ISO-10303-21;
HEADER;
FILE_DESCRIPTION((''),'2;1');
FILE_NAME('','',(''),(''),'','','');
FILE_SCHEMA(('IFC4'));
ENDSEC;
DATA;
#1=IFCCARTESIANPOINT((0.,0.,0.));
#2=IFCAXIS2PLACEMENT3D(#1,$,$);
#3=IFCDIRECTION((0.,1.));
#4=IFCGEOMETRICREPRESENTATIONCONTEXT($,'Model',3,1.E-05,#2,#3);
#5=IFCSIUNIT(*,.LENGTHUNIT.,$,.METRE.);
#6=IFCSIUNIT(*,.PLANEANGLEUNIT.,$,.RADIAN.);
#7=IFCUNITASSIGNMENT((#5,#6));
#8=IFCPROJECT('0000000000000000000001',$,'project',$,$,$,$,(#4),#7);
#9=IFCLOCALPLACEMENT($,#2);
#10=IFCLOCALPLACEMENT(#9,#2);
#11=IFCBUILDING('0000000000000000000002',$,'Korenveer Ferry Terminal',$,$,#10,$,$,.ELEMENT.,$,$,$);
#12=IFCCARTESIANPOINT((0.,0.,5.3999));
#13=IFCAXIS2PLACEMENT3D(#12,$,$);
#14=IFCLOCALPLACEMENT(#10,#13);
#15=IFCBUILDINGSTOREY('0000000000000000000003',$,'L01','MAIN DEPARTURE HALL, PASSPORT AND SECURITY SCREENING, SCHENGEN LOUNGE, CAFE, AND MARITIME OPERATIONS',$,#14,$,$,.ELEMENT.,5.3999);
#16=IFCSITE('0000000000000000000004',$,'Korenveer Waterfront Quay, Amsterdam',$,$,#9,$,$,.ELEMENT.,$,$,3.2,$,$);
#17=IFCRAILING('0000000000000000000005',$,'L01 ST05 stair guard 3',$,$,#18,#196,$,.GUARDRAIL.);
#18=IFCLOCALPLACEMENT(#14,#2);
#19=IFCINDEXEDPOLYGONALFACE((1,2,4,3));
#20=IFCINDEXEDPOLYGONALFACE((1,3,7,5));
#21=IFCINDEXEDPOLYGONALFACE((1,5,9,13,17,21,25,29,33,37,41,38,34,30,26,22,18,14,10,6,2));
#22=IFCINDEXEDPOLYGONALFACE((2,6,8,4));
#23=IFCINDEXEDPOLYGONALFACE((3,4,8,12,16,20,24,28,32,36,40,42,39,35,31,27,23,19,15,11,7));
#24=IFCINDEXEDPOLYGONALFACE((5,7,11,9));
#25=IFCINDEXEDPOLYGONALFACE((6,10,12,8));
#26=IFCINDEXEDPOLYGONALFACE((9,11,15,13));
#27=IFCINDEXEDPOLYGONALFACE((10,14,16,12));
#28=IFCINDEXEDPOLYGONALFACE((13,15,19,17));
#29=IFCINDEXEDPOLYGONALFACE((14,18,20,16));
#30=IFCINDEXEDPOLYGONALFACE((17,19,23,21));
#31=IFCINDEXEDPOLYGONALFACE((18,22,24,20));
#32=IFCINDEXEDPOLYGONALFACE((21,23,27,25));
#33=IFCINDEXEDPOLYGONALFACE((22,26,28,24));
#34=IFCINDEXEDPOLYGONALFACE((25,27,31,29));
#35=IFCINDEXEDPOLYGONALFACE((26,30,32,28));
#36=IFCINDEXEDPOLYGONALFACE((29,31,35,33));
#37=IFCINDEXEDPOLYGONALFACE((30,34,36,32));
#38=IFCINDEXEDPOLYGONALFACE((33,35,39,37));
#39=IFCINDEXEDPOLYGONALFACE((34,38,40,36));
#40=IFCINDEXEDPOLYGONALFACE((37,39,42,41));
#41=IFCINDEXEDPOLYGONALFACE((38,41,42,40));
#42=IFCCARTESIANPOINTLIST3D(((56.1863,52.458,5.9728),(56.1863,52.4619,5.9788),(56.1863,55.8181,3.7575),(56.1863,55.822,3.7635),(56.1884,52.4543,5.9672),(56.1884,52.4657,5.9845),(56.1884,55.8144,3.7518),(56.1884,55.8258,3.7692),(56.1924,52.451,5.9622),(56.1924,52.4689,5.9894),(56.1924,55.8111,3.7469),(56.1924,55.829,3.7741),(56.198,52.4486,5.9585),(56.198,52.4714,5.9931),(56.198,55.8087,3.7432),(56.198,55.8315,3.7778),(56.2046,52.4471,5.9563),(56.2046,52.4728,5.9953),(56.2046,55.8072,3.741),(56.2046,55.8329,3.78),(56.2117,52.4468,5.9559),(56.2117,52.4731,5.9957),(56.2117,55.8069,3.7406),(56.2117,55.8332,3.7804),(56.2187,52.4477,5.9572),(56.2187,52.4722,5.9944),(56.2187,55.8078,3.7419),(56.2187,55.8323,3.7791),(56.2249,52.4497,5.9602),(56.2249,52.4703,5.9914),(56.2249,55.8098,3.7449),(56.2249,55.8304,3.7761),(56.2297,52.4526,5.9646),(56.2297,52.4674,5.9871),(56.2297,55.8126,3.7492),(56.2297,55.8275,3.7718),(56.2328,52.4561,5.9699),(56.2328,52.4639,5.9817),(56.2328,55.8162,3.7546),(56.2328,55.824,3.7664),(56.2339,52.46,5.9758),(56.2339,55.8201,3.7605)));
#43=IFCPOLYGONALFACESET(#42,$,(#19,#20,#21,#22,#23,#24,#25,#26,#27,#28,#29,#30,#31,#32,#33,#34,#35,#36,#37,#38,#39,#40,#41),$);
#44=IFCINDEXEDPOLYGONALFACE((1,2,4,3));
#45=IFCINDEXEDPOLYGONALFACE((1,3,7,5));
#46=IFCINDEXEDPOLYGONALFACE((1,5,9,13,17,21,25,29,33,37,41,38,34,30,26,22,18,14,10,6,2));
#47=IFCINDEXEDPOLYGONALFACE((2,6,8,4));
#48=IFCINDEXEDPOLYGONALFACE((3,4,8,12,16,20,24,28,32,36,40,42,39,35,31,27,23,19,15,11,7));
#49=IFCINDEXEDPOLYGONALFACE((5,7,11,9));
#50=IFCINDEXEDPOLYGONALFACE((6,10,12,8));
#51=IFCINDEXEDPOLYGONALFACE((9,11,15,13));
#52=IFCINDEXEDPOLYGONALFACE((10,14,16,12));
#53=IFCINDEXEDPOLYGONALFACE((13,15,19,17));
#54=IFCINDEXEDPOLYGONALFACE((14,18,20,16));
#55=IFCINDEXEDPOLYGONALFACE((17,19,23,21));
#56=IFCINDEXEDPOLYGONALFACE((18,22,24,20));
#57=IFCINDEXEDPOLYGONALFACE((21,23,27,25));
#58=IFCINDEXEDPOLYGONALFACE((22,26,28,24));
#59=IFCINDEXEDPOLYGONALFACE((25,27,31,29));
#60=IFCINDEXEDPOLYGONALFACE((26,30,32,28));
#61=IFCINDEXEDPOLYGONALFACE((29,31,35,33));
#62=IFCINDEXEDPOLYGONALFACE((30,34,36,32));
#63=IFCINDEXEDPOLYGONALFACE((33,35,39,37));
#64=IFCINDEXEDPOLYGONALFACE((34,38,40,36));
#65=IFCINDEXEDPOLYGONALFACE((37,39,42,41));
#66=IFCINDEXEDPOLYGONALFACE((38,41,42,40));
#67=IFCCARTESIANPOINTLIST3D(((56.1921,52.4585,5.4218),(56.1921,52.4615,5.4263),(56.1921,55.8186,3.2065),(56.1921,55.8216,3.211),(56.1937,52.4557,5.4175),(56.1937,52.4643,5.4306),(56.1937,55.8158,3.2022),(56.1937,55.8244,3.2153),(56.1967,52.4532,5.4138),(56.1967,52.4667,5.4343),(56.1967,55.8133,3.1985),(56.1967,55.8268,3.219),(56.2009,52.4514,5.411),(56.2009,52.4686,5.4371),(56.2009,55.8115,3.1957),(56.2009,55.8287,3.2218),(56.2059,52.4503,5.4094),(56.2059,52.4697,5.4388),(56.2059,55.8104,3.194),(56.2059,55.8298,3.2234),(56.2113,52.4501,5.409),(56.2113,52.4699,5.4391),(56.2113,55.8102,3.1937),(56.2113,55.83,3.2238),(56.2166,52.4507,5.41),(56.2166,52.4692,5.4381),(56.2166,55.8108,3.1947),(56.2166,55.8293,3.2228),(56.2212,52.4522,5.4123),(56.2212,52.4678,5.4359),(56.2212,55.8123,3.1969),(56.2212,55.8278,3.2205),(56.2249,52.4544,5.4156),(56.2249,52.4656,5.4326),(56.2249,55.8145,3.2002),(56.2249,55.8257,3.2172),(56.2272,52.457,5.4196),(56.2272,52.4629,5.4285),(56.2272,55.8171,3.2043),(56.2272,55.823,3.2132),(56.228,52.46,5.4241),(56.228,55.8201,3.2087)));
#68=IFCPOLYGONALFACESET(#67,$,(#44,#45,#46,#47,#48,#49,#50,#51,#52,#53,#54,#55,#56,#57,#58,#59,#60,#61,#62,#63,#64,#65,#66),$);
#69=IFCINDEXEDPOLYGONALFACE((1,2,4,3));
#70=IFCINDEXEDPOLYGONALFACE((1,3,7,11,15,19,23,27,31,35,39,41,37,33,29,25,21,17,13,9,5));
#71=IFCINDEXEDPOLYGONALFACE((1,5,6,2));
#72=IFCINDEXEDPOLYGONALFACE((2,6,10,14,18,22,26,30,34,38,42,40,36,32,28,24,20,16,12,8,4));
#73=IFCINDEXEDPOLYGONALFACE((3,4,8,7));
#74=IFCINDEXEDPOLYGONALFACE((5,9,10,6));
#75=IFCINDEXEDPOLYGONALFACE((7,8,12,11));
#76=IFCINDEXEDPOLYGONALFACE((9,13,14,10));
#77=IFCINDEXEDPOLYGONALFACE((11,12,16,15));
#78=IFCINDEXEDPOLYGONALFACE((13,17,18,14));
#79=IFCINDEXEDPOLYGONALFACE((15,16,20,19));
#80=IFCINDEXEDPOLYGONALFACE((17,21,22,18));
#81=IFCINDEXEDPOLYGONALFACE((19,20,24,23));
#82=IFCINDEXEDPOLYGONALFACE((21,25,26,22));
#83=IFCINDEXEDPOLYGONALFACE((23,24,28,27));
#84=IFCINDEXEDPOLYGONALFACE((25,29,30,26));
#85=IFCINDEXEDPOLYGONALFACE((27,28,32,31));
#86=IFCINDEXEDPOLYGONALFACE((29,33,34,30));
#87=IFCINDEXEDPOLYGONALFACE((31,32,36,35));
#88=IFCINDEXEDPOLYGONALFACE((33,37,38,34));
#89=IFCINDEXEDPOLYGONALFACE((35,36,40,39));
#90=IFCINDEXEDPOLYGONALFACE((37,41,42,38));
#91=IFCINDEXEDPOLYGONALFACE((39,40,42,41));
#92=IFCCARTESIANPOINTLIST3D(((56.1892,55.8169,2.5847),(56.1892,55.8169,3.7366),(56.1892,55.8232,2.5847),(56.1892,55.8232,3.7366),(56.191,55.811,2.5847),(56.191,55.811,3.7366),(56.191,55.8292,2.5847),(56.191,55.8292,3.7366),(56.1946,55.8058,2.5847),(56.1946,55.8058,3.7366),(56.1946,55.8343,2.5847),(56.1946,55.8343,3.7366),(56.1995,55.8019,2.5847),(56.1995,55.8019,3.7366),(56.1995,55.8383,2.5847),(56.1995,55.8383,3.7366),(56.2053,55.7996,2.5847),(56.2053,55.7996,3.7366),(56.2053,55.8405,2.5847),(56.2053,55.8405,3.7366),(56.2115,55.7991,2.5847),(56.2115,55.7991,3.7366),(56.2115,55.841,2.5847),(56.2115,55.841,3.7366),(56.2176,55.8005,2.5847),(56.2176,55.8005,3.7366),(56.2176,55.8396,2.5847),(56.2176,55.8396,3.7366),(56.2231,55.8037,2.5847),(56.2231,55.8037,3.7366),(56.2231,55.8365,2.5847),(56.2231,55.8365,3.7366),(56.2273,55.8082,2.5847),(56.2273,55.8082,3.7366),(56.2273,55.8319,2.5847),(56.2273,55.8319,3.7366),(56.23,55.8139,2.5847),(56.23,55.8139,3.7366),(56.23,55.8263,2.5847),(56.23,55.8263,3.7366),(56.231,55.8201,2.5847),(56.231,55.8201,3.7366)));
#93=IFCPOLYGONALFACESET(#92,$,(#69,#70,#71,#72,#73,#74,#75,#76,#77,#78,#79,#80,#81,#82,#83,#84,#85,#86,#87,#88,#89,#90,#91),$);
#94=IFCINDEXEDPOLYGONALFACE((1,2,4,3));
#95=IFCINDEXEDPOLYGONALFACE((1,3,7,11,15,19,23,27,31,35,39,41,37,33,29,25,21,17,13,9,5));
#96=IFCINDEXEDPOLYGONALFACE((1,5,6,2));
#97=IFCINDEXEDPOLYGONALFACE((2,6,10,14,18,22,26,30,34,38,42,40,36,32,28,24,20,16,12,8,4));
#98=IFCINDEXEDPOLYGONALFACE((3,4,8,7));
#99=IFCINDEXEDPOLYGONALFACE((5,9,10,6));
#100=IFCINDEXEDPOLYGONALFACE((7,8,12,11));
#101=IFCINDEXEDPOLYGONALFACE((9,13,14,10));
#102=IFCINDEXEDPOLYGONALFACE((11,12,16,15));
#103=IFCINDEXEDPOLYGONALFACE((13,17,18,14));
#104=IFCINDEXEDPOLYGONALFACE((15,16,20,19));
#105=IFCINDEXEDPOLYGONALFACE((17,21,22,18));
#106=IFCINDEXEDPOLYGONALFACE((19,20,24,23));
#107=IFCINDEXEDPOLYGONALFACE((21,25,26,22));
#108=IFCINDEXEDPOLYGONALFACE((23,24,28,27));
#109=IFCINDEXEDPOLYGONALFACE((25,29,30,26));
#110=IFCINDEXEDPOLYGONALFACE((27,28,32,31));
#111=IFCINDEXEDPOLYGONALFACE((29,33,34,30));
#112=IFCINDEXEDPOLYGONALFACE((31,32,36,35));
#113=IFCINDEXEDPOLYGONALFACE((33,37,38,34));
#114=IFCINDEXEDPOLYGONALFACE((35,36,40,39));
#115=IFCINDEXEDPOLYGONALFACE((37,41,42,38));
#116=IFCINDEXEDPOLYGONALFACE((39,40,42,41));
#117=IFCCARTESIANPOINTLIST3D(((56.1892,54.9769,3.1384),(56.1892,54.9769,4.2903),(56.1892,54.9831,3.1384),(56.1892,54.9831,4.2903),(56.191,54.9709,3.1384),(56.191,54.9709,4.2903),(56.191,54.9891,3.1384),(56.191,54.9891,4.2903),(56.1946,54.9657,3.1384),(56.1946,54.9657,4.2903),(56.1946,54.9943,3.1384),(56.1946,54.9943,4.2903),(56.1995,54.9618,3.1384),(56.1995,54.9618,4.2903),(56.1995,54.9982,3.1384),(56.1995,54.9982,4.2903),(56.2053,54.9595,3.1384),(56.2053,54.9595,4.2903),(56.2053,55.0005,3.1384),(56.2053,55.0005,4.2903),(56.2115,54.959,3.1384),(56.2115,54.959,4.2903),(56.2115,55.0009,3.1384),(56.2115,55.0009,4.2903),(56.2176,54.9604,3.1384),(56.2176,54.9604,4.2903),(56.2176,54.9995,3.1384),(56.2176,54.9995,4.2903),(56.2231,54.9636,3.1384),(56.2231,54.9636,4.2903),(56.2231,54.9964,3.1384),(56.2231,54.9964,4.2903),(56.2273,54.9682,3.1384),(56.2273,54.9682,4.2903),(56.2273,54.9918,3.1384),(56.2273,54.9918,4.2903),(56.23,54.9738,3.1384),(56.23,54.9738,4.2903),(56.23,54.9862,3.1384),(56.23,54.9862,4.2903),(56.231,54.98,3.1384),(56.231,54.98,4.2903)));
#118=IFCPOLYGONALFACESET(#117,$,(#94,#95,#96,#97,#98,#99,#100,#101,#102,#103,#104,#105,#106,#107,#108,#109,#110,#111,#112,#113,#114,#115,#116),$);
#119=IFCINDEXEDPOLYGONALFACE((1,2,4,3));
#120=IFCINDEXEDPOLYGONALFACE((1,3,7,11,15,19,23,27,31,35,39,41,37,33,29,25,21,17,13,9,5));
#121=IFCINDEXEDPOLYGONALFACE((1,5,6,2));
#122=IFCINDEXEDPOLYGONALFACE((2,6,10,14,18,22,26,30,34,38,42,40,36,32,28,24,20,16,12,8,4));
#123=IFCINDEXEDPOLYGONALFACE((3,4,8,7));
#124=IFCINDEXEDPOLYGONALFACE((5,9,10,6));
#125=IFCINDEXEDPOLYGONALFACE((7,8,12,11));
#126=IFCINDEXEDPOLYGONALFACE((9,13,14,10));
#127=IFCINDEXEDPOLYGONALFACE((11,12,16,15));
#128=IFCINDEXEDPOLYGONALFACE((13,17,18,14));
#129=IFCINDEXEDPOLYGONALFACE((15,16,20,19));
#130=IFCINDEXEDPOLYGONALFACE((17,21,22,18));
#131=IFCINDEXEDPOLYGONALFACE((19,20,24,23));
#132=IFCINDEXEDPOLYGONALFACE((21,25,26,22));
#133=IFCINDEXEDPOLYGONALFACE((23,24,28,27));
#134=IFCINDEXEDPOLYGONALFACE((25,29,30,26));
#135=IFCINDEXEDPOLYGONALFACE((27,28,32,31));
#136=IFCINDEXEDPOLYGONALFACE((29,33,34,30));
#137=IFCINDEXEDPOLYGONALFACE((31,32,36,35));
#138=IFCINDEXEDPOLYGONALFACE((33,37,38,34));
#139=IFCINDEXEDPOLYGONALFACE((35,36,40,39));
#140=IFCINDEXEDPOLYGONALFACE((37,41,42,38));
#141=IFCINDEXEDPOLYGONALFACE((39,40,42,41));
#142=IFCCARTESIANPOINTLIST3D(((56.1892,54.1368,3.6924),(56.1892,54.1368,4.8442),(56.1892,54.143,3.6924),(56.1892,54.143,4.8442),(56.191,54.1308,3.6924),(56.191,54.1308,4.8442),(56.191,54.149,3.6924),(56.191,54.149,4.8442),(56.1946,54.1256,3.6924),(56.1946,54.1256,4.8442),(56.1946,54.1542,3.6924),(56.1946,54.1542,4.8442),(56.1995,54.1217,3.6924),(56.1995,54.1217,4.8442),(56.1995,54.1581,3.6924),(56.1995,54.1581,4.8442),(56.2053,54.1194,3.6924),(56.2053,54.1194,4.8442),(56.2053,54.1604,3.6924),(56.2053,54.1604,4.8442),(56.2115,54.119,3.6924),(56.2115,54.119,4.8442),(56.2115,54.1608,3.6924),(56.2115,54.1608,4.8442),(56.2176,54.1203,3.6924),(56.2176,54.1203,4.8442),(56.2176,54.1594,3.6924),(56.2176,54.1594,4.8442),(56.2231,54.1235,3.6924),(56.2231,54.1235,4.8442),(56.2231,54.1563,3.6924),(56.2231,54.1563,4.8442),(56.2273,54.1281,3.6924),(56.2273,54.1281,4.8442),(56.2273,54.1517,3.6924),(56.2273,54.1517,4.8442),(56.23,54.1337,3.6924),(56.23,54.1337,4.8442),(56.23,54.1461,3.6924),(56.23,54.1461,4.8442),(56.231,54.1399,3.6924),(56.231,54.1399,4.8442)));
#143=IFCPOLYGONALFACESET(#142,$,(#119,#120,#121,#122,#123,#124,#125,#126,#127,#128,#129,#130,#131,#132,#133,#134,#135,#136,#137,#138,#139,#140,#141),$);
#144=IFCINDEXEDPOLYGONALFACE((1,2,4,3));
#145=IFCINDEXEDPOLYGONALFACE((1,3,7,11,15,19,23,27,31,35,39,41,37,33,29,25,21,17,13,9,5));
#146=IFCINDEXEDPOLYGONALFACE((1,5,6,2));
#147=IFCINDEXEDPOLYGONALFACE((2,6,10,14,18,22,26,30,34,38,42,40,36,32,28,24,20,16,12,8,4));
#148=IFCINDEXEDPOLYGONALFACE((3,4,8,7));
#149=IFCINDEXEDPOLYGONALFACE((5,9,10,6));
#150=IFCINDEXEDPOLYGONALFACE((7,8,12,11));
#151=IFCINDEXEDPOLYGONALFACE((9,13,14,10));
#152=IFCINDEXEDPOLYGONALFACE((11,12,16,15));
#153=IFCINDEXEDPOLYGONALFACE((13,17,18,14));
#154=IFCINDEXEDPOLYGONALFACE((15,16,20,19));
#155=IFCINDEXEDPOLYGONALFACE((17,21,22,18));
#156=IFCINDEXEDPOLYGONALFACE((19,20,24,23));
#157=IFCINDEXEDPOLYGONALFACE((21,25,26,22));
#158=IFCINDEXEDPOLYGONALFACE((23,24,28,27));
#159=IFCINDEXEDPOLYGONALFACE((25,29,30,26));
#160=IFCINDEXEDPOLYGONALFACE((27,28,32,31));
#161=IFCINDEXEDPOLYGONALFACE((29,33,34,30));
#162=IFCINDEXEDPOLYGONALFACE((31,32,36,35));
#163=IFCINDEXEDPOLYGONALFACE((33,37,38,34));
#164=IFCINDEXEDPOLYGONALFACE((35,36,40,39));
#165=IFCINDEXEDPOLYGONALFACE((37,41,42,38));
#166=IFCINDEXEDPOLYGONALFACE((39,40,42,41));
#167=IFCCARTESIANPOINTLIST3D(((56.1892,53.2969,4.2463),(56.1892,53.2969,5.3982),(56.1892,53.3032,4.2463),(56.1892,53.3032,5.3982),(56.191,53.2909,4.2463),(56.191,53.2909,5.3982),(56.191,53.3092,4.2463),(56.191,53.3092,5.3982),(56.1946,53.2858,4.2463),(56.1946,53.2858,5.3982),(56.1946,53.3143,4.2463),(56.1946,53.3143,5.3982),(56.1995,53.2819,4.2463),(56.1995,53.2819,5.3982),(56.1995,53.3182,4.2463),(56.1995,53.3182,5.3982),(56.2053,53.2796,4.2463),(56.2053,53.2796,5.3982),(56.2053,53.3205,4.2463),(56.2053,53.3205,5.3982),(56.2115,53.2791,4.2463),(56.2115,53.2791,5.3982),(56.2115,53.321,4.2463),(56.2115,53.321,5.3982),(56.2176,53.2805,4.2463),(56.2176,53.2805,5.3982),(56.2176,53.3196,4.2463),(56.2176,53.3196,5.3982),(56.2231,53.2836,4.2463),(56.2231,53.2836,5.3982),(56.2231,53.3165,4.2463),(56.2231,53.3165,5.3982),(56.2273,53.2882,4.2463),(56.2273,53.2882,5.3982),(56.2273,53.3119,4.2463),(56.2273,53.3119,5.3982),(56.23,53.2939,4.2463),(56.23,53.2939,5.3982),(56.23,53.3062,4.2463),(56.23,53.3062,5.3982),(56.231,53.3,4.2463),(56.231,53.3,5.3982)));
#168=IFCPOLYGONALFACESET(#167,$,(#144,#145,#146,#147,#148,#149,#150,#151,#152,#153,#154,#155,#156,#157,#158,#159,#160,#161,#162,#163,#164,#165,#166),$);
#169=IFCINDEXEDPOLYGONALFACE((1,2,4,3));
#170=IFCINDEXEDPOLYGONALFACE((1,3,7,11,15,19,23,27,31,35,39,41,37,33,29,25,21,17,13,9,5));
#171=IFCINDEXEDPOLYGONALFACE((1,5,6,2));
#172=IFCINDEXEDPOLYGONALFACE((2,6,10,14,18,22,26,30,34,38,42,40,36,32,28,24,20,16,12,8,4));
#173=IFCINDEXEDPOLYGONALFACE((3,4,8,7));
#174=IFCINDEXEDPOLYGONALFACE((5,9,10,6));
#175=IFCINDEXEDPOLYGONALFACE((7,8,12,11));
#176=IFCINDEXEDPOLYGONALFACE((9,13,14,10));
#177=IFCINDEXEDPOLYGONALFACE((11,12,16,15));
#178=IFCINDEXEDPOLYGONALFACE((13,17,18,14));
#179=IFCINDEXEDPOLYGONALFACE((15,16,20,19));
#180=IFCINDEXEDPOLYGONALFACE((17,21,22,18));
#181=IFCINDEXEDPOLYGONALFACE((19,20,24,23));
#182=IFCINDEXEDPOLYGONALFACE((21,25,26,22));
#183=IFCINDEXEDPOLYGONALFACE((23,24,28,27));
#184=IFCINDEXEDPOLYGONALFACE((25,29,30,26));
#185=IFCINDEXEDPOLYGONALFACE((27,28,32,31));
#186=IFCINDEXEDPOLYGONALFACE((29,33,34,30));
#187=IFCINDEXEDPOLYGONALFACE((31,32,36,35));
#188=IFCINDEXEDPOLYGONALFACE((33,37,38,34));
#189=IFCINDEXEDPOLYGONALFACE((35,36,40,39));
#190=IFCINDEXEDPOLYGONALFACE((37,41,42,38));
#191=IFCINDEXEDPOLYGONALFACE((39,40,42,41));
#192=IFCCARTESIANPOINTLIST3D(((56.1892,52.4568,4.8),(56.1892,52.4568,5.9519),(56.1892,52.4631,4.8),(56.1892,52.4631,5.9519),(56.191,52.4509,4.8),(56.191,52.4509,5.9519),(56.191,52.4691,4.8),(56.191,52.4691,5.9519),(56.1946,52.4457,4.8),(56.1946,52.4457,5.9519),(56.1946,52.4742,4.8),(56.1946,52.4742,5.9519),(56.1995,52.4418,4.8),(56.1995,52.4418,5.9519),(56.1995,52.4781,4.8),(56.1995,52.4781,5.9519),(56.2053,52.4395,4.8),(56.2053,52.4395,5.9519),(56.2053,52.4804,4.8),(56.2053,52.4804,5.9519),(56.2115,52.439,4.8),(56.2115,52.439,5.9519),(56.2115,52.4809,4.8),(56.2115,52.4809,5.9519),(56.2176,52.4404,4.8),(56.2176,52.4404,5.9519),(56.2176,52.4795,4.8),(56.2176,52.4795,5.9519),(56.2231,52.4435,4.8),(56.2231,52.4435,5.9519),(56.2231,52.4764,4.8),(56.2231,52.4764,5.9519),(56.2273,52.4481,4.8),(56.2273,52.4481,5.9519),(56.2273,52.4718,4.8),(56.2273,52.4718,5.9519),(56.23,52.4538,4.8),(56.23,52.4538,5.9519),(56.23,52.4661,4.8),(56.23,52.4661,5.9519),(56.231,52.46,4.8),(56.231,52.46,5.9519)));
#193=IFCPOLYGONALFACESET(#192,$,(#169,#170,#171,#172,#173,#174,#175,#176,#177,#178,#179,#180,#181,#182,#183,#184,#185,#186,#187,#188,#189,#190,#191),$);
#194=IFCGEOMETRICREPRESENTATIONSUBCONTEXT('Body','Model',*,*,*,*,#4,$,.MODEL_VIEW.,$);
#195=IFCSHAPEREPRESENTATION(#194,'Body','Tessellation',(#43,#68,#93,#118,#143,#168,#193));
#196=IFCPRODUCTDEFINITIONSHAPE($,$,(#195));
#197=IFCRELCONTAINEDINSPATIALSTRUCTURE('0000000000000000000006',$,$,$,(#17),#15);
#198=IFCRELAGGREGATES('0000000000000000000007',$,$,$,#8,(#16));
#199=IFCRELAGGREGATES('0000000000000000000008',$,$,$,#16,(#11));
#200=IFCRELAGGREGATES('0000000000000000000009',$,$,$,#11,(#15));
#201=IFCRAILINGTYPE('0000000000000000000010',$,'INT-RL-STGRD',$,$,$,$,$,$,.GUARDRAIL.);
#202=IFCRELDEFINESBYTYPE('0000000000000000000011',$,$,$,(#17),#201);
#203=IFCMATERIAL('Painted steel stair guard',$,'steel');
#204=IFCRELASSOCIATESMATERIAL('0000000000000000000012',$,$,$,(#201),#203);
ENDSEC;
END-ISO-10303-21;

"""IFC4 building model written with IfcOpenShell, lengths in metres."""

from ifc_helpers import new_model, si_unit, direction, frame, origin, origin_2d, place, context, subcontext, project, spatial, circle, extrude, material, type_object, element, save


model = new_model("IFC4")

# Units and contexts
model_context = context("Model", 3, precision=1e-05, world=origin(), true_north=direction((0.0, 1.0)))
body_context = subcontext(model_context, "Body", "Model", "MODEL_VIEW")
ifc_project = project(units=[si_unit("LENGTHUNIT", "METRE"), si_unit("PLANEANGLEUNIT", "RADIAN")], contexts=[model_context])

# Site, building, storey
site_placement = place(None, origin())
site = spatial("IfcSite", under=ifc_project, at=site_placement, Name="Korenveer Waterfront Quay, Amsterdam", CompositionType="ELEMENT", RefElevation=3.2)
building_placement = place(site_placement, origin())
building = spatial("IfcBuilding", under=site, at=building_placement, Name="Korenveer Ferry Terminal", CompositionType="ELEMENT")
storey_placement = place(building_placement, frame((0.0, 0.0, 5.3999)))
storey = spatial("IfcBuildingStorey", under=building, at=storey_placement, Name="L01", Description="MAIN DEPARTURE HALL, PASSPORT AND SECURITY SCREENING, SCHENGEN LOUNGE, CAFE, AND MARITIME OPERATIONS", CompositionType="ELEMENT", Elevation=5.3999)

# Railing
ifc_material_1 = material(Name="Painted steel stair guard", Category="steel")
railing_type_1 = type_object("IfcRailingType", Name="INT-RL-STGRD", PredefinedType="GUARDRAIL", material=ifc_material_1)
railing_1_placement = place(storey_placement, frame((56.21, 55.8201, 2.5847)))
element("IfcRailing", 1, at=railing_1_placement, inside=storey, type_object=railing_type_1, Name="L01 ST05 stair guard 3", PredefinedType="GUARDRAIL", context=body_context, shape_type="SweptSolid", body=[
    extrude(circle(Radius=0.0239, at=origin_2d()), frame((0.0, 0.0, 1.1758), z_axis=(0.0, -0.834876, 0.550437), x_axis=(1.0, 0.0, 0.0)), (0.0, 0.0, 1.0), 4.0247),
    extrude(circle(Radius=0.0181, at=origin_2d()), frame((0.0, 0.0, 0.624), z_axis=(0.0, -0.834876, 0.550437), x_axis=(1.0, 0.0, 0.0)), (0.0, 0.0, 1.0), 4.0247),
    extrude(circle(Radius=0.021, at=origin_2d()), origin(), (0.0, 0.0, 1.0), 1.1519),
    extrude(circle(Radius=0.021, at=origin_2d()), frame((0.0, -0.8401, 0.5537)), (0.0, 0.0, 1.0), 1.1519),
    extrude(circle(Radius=0.021, at=origin_2d()), frame((0.0, -1.6802, 1.1077)), (0.0, 0.0, 1.0), 1.1519),
    extrude(circle(Radius=0.021, at=origin_2d()), frame((0.0, -2.52, 1.6616)), (0.0, 0.0, 1.0), 1.1519),
    extrude(circle(Radius=0.021, at=origin_2d()), frame((0.0, -3.3601, 2.2153)), (0.0, 0.0, 1.0), 1.1519),
])

save(model, "model.ifc")
